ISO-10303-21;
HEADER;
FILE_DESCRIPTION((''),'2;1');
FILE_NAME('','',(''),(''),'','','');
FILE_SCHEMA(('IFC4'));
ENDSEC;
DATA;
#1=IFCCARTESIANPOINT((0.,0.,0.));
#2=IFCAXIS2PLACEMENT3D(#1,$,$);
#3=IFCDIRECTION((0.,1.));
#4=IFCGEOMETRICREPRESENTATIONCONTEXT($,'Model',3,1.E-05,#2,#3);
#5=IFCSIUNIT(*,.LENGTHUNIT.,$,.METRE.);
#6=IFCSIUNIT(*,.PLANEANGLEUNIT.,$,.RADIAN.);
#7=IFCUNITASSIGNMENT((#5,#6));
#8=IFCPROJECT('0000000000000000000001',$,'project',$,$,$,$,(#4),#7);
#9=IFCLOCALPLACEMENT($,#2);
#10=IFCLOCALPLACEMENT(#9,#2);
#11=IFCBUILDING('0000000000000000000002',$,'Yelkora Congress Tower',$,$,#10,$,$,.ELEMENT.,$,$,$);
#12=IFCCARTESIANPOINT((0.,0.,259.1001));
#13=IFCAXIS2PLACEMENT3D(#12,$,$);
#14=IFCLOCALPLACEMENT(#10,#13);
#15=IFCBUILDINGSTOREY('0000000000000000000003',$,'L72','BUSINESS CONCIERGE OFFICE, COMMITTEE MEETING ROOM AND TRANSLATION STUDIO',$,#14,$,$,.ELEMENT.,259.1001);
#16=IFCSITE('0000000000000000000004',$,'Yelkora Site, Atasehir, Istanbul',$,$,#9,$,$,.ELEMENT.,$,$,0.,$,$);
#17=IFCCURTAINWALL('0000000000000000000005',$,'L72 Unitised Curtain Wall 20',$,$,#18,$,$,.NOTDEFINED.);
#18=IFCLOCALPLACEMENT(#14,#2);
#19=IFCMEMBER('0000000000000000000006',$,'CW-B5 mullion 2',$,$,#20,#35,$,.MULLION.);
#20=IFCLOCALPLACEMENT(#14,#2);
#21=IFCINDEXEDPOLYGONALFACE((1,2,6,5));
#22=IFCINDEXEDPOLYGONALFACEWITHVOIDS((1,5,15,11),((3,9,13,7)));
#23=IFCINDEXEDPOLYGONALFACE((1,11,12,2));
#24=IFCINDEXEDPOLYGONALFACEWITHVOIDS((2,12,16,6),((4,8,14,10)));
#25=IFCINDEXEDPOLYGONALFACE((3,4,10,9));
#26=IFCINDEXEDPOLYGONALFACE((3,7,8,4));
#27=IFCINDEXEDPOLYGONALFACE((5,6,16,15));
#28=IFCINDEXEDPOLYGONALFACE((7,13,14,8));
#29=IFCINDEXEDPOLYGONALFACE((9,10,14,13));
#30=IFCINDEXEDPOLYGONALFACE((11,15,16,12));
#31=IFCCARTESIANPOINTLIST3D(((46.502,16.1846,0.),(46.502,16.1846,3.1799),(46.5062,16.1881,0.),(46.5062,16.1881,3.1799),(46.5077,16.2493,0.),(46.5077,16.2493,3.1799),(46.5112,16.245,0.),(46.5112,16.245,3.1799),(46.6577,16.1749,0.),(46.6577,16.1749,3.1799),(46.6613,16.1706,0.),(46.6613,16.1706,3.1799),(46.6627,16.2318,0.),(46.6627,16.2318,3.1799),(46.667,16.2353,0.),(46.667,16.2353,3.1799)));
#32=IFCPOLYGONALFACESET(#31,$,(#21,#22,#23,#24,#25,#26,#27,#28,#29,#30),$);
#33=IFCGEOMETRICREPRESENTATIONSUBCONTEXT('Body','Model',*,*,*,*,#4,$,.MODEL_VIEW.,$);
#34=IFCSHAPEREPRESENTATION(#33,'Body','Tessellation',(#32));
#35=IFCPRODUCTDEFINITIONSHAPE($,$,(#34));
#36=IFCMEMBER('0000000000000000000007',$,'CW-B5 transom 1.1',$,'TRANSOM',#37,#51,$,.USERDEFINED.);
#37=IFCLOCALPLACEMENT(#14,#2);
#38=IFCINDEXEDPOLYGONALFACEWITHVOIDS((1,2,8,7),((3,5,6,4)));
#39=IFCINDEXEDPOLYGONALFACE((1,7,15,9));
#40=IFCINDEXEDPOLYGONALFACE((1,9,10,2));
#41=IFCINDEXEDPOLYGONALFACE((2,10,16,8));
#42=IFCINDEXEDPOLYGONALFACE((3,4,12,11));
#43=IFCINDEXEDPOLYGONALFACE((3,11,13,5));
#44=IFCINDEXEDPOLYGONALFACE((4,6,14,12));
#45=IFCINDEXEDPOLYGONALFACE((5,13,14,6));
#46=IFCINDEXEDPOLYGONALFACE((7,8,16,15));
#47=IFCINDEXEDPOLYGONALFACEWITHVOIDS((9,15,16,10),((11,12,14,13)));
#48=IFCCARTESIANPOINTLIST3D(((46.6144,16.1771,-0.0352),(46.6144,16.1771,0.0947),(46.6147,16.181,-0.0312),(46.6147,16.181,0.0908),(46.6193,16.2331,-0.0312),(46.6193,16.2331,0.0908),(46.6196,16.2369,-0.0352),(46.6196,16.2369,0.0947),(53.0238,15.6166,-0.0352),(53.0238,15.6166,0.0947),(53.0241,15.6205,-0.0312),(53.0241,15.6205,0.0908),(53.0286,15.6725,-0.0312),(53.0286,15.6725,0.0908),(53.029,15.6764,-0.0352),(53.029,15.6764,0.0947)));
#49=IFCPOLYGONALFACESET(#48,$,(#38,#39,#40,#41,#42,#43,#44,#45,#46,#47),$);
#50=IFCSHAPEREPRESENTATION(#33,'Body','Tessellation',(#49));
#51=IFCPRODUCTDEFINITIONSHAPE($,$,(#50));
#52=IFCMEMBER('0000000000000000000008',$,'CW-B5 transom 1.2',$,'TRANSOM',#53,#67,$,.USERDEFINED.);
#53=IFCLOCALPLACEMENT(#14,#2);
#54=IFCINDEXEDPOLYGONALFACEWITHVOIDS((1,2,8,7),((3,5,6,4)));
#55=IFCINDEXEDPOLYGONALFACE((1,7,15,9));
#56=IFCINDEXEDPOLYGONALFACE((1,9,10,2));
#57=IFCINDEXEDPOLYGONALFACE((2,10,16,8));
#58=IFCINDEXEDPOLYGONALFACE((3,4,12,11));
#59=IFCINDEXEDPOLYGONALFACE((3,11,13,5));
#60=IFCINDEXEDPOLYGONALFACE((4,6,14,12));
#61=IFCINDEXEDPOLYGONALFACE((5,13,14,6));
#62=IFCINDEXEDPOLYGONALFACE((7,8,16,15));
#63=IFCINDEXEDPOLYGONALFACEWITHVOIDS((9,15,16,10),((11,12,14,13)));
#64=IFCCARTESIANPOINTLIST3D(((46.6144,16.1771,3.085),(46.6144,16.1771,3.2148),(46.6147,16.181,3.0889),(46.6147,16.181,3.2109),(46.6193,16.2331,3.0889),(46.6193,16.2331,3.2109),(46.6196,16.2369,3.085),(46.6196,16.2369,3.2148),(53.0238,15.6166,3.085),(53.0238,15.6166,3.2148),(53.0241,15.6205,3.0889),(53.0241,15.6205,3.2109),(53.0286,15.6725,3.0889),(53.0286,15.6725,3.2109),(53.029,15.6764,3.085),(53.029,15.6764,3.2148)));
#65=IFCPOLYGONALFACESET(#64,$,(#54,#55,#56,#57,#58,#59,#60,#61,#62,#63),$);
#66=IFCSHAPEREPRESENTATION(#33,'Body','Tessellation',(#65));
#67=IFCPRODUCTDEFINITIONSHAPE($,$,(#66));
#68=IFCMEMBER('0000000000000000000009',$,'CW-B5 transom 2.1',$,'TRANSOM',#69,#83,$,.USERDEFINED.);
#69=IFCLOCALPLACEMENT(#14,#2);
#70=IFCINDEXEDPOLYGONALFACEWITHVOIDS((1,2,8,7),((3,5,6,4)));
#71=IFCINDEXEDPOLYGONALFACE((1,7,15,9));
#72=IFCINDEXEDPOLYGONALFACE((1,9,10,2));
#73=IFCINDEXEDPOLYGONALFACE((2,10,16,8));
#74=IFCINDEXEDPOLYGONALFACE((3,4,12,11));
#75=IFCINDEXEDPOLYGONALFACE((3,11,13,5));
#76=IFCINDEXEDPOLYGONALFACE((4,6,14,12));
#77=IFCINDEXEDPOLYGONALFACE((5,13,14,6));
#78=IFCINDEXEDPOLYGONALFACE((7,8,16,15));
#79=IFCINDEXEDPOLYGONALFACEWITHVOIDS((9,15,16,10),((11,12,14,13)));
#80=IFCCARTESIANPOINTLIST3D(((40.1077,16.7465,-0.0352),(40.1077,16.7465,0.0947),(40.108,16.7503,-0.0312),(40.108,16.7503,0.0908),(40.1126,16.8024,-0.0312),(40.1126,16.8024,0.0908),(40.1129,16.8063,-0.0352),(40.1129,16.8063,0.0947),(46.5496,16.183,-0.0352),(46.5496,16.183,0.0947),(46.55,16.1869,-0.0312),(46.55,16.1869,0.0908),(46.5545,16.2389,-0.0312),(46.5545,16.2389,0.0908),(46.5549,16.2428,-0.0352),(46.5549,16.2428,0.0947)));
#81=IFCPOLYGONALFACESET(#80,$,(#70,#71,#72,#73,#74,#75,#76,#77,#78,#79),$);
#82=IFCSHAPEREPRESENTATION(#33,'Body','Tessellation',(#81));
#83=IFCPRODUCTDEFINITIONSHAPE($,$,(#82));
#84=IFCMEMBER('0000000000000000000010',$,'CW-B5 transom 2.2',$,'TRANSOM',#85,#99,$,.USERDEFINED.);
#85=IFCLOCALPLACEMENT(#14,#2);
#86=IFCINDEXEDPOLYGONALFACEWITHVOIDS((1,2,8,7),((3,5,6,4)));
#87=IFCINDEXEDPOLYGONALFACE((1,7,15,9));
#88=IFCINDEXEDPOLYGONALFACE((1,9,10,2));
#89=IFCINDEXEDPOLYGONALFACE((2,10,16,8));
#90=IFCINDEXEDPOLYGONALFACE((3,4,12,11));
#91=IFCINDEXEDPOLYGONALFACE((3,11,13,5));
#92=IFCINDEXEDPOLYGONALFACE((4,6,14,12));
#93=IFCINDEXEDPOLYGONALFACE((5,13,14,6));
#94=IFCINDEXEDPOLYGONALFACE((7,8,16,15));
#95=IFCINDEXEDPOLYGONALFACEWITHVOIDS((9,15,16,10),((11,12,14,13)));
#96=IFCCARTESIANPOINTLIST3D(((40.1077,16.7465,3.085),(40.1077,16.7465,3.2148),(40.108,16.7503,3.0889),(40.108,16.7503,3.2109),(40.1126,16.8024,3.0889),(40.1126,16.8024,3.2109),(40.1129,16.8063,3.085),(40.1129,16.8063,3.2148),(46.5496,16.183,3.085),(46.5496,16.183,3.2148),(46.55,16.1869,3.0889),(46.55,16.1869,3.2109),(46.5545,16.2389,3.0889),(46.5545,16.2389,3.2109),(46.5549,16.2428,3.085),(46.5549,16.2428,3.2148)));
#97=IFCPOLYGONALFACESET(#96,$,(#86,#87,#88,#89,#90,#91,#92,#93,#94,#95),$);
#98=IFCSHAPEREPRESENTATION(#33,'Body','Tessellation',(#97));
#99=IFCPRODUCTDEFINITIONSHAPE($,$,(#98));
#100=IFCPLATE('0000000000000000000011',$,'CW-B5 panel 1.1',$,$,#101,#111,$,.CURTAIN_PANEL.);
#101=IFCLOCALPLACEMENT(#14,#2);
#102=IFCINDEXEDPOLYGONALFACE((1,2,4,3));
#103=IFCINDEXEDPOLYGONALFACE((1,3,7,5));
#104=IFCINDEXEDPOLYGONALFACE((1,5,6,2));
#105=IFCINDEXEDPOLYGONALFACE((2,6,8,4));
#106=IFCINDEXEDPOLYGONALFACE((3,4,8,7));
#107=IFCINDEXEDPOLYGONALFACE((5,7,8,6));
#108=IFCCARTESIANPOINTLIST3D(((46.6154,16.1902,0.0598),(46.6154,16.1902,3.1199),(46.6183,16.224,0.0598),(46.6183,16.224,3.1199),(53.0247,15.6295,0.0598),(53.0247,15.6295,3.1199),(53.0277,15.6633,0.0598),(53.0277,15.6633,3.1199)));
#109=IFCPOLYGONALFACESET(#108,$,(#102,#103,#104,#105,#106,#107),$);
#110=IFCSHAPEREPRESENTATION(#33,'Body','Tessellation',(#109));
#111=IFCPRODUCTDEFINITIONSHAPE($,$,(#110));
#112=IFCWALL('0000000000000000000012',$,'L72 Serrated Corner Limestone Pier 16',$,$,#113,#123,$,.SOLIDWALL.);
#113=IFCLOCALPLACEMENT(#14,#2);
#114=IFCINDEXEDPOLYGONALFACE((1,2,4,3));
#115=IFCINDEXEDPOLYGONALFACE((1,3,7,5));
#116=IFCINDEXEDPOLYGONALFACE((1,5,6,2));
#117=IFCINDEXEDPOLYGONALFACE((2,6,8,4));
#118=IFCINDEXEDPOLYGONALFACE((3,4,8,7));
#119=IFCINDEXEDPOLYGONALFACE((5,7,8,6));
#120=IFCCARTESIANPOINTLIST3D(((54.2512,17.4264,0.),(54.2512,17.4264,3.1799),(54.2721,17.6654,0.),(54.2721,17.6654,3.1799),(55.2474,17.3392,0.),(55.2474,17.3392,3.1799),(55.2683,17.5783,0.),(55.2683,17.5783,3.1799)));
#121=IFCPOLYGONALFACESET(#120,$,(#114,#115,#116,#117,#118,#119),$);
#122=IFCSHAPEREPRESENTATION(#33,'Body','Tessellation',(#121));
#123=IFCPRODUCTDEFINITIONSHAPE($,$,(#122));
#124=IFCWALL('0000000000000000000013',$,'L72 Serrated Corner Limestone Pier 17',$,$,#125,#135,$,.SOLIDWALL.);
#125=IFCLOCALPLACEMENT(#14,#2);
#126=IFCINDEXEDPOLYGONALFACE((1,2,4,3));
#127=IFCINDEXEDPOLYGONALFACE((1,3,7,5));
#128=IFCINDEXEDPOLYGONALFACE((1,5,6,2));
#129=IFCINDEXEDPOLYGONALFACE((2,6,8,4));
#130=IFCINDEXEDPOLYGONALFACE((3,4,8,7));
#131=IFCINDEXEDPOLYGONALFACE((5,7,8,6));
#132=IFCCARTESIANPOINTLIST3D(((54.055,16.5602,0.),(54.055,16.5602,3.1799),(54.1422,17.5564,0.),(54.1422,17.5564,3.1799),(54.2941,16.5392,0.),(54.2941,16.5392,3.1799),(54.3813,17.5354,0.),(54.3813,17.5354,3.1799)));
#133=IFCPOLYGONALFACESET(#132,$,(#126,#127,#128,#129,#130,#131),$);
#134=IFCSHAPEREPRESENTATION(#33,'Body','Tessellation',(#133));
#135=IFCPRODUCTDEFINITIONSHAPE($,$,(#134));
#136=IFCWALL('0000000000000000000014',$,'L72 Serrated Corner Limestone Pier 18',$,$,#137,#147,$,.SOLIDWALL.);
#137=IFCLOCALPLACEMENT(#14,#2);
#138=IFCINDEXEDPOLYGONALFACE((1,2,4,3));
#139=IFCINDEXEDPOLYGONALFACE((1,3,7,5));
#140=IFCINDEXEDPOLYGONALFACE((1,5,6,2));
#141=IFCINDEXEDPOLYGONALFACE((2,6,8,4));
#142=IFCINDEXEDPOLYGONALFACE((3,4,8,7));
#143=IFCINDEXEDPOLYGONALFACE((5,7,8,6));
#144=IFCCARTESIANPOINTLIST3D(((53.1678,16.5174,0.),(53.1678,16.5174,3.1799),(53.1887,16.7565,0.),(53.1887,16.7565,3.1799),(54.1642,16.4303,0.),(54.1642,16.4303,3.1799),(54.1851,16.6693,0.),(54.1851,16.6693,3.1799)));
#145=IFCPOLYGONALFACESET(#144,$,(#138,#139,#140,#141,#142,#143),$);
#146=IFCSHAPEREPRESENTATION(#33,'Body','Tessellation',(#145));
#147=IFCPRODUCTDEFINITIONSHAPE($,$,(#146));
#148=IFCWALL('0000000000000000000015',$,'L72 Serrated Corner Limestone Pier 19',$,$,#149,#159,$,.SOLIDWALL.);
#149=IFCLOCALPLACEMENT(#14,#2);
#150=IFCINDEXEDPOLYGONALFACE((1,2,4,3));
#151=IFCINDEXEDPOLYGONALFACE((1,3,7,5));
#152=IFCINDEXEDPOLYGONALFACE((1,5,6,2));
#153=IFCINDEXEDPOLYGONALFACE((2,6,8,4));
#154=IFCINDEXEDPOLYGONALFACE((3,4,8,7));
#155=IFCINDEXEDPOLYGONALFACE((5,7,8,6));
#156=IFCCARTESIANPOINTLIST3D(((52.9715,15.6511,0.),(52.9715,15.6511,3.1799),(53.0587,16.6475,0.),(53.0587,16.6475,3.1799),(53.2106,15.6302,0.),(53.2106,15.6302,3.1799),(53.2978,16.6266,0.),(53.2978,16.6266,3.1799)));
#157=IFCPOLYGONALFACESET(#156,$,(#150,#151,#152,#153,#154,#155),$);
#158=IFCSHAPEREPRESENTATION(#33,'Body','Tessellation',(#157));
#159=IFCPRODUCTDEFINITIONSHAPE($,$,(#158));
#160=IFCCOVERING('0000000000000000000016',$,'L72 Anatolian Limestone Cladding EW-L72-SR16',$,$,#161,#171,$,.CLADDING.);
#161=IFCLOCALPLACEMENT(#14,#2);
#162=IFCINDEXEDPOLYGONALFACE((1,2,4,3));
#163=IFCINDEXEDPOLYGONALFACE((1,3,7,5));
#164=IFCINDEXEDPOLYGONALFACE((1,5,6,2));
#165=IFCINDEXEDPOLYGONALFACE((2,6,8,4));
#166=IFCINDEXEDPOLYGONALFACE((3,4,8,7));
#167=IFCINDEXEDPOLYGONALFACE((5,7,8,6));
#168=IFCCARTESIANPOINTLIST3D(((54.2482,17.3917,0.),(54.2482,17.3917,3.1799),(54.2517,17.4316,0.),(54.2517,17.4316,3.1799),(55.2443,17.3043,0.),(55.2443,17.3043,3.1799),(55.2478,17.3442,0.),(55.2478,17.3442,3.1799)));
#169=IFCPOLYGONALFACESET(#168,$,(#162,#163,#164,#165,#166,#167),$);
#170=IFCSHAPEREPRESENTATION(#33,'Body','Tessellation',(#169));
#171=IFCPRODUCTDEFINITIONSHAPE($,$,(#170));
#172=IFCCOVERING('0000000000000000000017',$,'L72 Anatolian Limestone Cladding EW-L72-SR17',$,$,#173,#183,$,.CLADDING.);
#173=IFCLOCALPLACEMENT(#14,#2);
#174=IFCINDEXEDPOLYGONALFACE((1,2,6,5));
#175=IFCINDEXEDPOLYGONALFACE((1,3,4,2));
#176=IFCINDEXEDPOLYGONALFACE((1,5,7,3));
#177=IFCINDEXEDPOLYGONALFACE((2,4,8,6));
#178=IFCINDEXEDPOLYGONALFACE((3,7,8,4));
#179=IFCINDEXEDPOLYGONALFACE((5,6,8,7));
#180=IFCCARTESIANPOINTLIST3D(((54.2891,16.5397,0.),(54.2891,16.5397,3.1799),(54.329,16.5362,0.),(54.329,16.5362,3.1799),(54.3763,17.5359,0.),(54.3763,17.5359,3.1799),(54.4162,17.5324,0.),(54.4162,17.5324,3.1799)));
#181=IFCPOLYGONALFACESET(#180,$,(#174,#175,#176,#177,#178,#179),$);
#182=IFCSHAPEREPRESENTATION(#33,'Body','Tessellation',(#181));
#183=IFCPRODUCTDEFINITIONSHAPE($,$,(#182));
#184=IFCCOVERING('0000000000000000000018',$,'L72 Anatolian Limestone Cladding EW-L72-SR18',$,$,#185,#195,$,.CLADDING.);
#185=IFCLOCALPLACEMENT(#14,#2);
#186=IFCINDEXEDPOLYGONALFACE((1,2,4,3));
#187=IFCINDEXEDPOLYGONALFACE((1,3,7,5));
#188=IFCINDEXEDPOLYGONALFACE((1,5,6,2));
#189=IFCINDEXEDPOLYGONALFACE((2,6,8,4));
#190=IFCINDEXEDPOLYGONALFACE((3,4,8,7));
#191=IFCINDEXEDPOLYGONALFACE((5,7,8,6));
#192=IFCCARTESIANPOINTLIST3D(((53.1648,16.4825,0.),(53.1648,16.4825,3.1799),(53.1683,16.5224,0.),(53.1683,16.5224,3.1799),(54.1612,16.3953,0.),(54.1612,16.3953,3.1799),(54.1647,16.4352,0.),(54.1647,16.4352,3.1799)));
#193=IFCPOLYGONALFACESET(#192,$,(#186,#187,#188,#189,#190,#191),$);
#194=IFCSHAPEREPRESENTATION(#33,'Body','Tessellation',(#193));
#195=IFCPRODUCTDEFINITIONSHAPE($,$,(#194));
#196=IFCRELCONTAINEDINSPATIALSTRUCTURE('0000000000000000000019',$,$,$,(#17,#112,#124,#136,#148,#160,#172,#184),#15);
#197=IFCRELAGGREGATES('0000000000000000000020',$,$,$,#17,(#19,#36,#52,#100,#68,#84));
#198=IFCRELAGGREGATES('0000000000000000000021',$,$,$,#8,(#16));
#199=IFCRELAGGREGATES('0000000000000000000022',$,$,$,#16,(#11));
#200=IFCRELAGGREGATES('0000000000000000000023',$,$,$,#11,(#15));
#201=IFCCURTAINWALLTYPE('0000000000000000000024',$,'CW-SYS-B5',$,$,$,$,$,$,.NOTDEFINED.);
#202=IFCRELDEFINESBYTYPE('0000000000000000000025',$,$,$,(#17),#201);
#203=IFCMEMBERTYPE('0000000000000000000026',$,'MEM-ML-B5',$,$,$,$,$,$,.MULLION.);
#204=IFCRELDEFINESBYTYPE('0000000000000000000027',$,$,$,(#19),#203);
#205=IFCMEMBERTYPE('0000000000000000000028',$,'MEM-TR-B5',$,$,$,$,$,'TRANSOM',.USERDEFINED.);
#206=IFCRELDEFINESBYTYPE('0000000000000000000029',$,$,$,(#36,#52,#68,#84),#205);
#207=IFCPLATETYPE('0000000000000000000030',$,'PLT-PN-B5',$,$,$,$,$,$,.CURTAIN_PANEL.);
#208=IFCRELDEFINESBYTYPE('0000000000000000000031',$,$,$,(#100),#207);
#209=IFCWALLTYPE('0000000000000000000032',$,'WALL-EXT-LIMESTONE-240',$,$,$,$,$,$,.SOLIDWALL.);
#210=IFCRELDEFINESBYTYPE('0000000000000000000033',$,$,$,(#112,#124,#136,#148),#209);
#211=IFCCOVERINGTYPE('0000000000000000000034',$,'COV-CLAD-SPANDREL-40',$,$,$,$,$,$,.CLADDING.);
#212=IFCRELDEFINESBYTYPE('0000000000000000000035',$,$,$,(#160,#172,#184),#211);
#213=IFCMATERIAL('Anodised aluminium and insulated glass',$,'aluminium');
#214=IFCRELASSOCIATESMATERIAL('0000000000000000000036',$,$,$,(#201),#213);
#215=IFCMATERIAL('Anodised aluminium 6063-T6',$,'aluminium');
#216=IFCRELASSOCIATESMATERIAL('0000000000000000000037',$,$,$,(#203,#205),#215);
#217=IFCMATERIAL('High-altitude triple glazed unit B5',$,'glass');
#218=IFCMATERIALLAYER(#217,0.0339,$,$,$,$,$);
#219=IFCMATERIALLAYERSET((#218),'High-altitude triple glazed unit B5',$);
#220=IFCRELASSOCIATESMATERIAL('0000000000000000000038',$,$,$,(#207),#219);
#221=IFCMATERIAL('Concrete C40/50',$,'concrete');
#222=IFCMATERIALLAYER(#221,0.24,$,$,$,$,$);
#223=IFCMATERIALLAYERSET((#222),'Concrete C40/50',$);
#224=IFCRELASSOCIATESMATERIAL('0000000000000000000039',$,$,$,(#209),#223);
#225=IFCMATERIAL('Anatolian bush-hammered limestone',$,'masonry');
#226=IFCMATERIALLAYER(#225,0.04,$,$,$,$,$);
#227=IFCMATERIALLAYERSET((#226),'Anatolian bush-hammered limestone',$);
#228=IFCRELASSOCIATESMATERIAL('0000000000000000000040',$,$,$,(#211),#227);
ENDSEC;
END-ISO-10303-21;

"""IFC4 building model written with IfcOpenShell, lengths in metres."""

from ifc_helpers import new_model, si_unit, direction, frame, frame_2d, origin, origin_2d, place, context, subcontext, project, spatial, rectangle, hollow_rectangle, extrude, material, layer, layer_set, material_profile, profile_set, type_object, element, aggregate, save


model = new_model("IFC4")

# Units and contexts
model_context = context("Model", 3, precision=1e-05, world=origin(), true_north=direction((0.0, 1.0)))
body_context = subcontext(model_context, "Body", "Model", "MODEL_VIEW")
ifc_project = project(units=[si_unit("LENGTHUNIT", "METRE"), si_unit("PLANEANGLEUNIT", "RADIAN")], contexts=[model_context])

# Site, building, storey
site_placement = place(None, origin())
site = spatial("IfcSite", under=ifc_project, at=site_placement, Name="Yelkora Site, Atasehir, Istanbul", CompositionType="ELEMENT", RefElevation=0.0)
building_placement = place(site_placement, origin())
building = spatial("IfcBuilding", under=site, at=building_placement, Name="Yelkora Congress Tower", CompositionType="ELEMENT")
storey_placement = place(building_placement, frame((0.0, 0.0, 259.1001)))
storey = spatial("IfcBuildingStorey", under=building, at=storey_placement, Name="L72", Description="BUSINESS CONCIERGE OFFICE, COMMITTEE MEETING ROOM AND TRANSLATION STUDIO", CompositionType="ELEMENT", Elevation=259.1001)

# Shared definitions
ifc_material_1 = material(Name="Anodised aluminium and insulated glass", Category="aluminium")
curtain_wall_type = type_object("IfcCurtainWallType", Name="CW-SYS-B5", PredefinedType="NOTDEFINED", material=ifc_material_1)
ifc_material_2 = material(Name="Anodised aluminium 6063-T6", Category="aluminium")
ifc_material_profile_1 = material_profile(ifc_material_2, hollow_rectangle(XDim=0.0649, YDim=0.1599, WallThickness=0.0039, at=origin_2d()), Name="ALU 65x160x4")
ifc_profile_set_1 = profile_set([ifc_material_profile_1], Name="Anodised aluminium 6063-T6")
member_type_1 = type_object("IfcMemberType", Name="MEM-ML-B5", PredefinedType="MULLION", material=ifc_profile_set_1)

# Curtain wall, members, plate
curtain_wall_1_placement = place(storey_placement, origin())
curtain_wall_1 = element("IfcCurtainWall", 1, at=curtain_wall_1_placement, inside=storey, type_object=curtain_wall_type, Name="L72 Unitised Curtain Wall 20", PredefinedType="NOTDEFINED")
member_1_placement = place(storey_placement, frame((46.5845, 16.21, 0.0), z_axis=(0.0, 0.0, 1.0), x_axis=(-0.087157, -0.996195, 0.0)))
member_1 = element("IfcMember", 2, at=member_1_placement, type_object=member_type_1, Name="CW-B5 mullion 2", PredefinedType="MULLION", context=body_context, shape_type="SweptSolid", body=[
    extrude(hollow_rectangle(XDim=0.0649, YDim=0.1599, WallThickness=0.0039, at=origin_2d()), origin(), (0.0, 0.0, 1.0), 3.1799),
])
ifc_material_profile_2 = material_profile(ifc_material_2, hollow_rectangle(XDim=0.0601, YDim=0.1299, WallThickness=0.0039, at=origin_2d()), Name="ALU 60x130x4")
ifc_profile_set_2 = profile_set([ifc_material_profile_2], Name="Anodised aluminium 6063-T6")
member_type_2 = type_object("IfcMemberType", Name="MEM-TR-B5", ElementType="TRANSOM", PredefinedType="USERDEFINED", material=ifc_profile_set_2)
member_2_placement = place(storey_placement, frame((53.0264, 15.6465, 0.0298), z_axis=(-0.996197, 0.087124, 0.0), x_axis=(-0.087124, -0.996197, 0.0)))
member_2 = element("IfcMember", 3, at=member_2_placement, type_object=member_type_2, Name="CW-B5 transom 1.1", ObjectType="TRANSOM", PredefinedType="USERDEFINED", context=body_context, shape_type="SweptSolid", body=[
    extrude(hollow_rectangle(XDim=0.0601, YDim=0.1299, WallThickness=0.0039, at=origin_2d()), origin(), (0.0, 0.0, 1.0), 6.4338),
])
member_3_placement = place(storey_placement, frame((53.0264, 15.6465, 3.1499), z_axis=(-0.996197, 0.087124, 0.0), x_axis=(-0.087124, -0.996197, 0.0)))
member_3 = element("IfcMember", 4, at=member_3_placement, type_object=member_type_2, Name="CW-B5 transom 1.2", ObjectType="TRANSOM", PredefinedType="USERDEFINED", context=body_context, shape_type="SweptSolid", body=[
    extrude(hollow_rectangle(XDim=0.0601, YDim=0.1299, WallThickness=0.0039, at=origin_2d()), origin(), (0.0, 0.0, 1.0), 6.4338),
])
member_4_placement = place(storey_placement, frame((46.5522, 16.2129, 0.0298), z_axis=(-0.996196, 0.087138, 0.0), x_axis=(-0.087138, -0.996196, 0.0)))
member_4 = element("IfcMember", 5, at=member_4_placement, type_object=member_type_2, Name="CW-B5 transom 2.1", ObjectType="TRANSOM", PredefinedType="USERDEFINED", context=body_context, shape_type="SweptSolid", body=[
    extrude(hollow_rectangle(XDim=0.0601, YDim=0.1299, WallThickness=0.0039, at=origin_2d()), origin(), (0.0, 0.0, 1.0), 6.4666),
])
member_5_placement = place(storey_placement, frame((46.5522, 16.2129, 3.1499), z_axis=(-0.996196, 0.087138, 0.0), x_axis=(-0.087138, -0.996196, 0.0)))
member_5 = element("IfcMember", 6, at=member_5_placement, type_object=member_type_2, Name="CW-B5 transom 2.2", ObjectType="TRANSOM", PredefinedType="USERDEFINED", context=body_context, shape_type="SweptSolid", body=[
    extrude(hollow_rectangle(XDim=0.0601, YDim=0.1299, WallThickness=0.0039, at=origin_2d()), origin(), (0.0, 0.0, 1.0), 6.4666),
])
ifc_material_3 = material(Name="High-altitude triple glazed unit B5", Category="glass")
ifc_layer_1 = layer(ifc_material_3, 0.0339)
ifc_layer_set_1 = layer_set([ifc_layer_1], Name="High-altitude triple glazed unit B5")
plate_type = type_object("IfcPlateType", Name="PLT-PN-B5", PredefinedType="CURTAIN_PANEL", material=ifc_layer_set_1)
plate_placement = place(storey_placement, frame((49.8215, 15.9268, 0.0598), z_axis=(0.0, 0.0, 1.0), x_axis=(-0.996195, 0.087157, 0.0)))
plate = element("IfcPlate", 7, at=plate_placement, type_object=plate_type, Name="CW-B5 panel 1.1", PredefinedType="CURTAIN_PANEL", context=body_context, shape_type="SweptSolid", body=[
    extrude(rectangle(XDim=6.4338, YDim=0.0339, at=origin_2d()), origin(), (0.0, 0.0, 1.0), 3.0601),
])
aggregate(curtain_wall_1, [member_1, member_2, member_3, plate, member_4, member_5])

# Walls
ifc_material_4 = material(Name="Concrete C40/50", Category="concrete")
ifc_layer_2 = layer(ifc_material_4, 0.24)
ifc_layer_set_2 = layer_set([ifc_layer_2], Name="Concrete C40/50")
wall_type = type_object("IfcWallType", Name="WALL-EXT-LIMESTONE-240", PredefinedType="SOLIDWALL", material=ifc_layer_set_2)
for number, where, z_axis, x_axis, name in (
    (8, (55.2578, 17.4587, 0.0), (0.0, 0.0, 1.0), (-0.996194, 0.087167, 0.0), "L72 Serrated Corner Limestone Pier 16"),
    (9, (54.2617, 17.5459, 0.0), (0.0, 0.0, 1.0), (-0.087167, -0.996194, 0.0), "L72 Serrated Corner Limestone Pier 17"),
):
    element("IfcWall", number, at=place(storey_placement, frame(where, z_axis=z_axis, x_axis=x_axis)), inside=storey, type_object=wall_type, Name=name, PredefinedType="SOLIDWALL", context=body_context, shape_type="SweptSolid", body=[
        extrude(rectangle(XDim=1.0, YDim=0.24, at=frame_2d((0.5, 0.0))), origin(), (0.0, 0.0, 1.0), 3.1799),
    ])
for number, where, z_axis, x_axis, name in (
    (10, (54.1746, 16.5498, 0.0), (0.0, 0.0, 1.0), (-0.996196, 0.087146, 0.0), "L72 Serrated Corner Limestone Pier 18"),
    (11, (53.1782, 16.637, 0.0), (0.0, 0.0, 1.0), (-0.087146, -0.996196, 0.0), "L72 Serrated Corner Limestone Pier 19"),
):
    element("IfcWall", number, at=place(storey_placement, frame(where, z_axis=z_axis, x_axis=x_axis)), inside=storey, type_object=wall_type, Name=name, PredefinedType="SOLIDWALL", context=body_context, shape_type="SweptSolid", body=[
        extrude(rectangle(XDim=1.0002, YDim=0.24, at=frame_2d((0.5, 0.0))), origin(), (0.0, 0.0, 1.0), 3.1799),
    ])

# Coverings
ifc_material_5 = material(Name="Anatolian bush-hammered limestone", Category="masonry")
ifc_layer_3 = layer(ifc_material_5, 0.04)
ifc_layer_set_3 = layer_set([ifc_layer_3], Name="Anatolian bush-hammered limestone")
covering_type = type_object("IfcCoveringType", Name="COV-CLAD-SPANDREL-40", PredefinedType="CLADDING", material=ifc_layer_set_3)
for number, where, z_axis, x_axis, name in (
    (12, (55.2461, 17.3242, 0.0), (0.0, 0.0, 1.0), (-0.996172, 0.087409, 0.0), "L72 Anatolian Limestone Cladding EW-L72-SR16"),
    (13, (54.3962, 17.5342, 0.0), (0.0, 0.0, 1.0), (-0.087167, -0.996194, 0.0), "L72 Anatolian Limestone Cladding EW-L72-SR17"),
):
    element("IfcCovering", number, at=place(storey_placement, frame(where, z_axis=z_axis, x_axis=x_axis)), inside=storey, type_object=covering_type, Name=name, PredefinedType="CLADDING", context=body_context, shape_type="SweptSolid", body=[
        extrude(rectangle(XDim=1.0, YDim=0.04, at=frame_2d((0.5, 0.0))), origin(), (0.0, 0.0, 1.0), 3.1799),
    ])
covering_1_placement = place(storey_placement, frame((54.1628, 16.4153, 0.0), z_axis=(0.0, 0.0, 1.0), x_axis=(-0.996196, 0.087146, 0.0)))
element("IfcCovering", 14, at=covering_1_placement, inside=storey, type_object=covering_type, Name="L72 Anatolian Limestone Cladding EW-L72-SR18", PredefinedType="CLADDING", context=body_context, shape_type="SweptSolid", body=[
    extrude(rectangle(XDim=1.0002, YDim=0.04, at=frame_2d((0.5, 0.0))), origin(), (0.0, 0.0, 1.0), 3.1799),
])

save(model, "model.ifc")
